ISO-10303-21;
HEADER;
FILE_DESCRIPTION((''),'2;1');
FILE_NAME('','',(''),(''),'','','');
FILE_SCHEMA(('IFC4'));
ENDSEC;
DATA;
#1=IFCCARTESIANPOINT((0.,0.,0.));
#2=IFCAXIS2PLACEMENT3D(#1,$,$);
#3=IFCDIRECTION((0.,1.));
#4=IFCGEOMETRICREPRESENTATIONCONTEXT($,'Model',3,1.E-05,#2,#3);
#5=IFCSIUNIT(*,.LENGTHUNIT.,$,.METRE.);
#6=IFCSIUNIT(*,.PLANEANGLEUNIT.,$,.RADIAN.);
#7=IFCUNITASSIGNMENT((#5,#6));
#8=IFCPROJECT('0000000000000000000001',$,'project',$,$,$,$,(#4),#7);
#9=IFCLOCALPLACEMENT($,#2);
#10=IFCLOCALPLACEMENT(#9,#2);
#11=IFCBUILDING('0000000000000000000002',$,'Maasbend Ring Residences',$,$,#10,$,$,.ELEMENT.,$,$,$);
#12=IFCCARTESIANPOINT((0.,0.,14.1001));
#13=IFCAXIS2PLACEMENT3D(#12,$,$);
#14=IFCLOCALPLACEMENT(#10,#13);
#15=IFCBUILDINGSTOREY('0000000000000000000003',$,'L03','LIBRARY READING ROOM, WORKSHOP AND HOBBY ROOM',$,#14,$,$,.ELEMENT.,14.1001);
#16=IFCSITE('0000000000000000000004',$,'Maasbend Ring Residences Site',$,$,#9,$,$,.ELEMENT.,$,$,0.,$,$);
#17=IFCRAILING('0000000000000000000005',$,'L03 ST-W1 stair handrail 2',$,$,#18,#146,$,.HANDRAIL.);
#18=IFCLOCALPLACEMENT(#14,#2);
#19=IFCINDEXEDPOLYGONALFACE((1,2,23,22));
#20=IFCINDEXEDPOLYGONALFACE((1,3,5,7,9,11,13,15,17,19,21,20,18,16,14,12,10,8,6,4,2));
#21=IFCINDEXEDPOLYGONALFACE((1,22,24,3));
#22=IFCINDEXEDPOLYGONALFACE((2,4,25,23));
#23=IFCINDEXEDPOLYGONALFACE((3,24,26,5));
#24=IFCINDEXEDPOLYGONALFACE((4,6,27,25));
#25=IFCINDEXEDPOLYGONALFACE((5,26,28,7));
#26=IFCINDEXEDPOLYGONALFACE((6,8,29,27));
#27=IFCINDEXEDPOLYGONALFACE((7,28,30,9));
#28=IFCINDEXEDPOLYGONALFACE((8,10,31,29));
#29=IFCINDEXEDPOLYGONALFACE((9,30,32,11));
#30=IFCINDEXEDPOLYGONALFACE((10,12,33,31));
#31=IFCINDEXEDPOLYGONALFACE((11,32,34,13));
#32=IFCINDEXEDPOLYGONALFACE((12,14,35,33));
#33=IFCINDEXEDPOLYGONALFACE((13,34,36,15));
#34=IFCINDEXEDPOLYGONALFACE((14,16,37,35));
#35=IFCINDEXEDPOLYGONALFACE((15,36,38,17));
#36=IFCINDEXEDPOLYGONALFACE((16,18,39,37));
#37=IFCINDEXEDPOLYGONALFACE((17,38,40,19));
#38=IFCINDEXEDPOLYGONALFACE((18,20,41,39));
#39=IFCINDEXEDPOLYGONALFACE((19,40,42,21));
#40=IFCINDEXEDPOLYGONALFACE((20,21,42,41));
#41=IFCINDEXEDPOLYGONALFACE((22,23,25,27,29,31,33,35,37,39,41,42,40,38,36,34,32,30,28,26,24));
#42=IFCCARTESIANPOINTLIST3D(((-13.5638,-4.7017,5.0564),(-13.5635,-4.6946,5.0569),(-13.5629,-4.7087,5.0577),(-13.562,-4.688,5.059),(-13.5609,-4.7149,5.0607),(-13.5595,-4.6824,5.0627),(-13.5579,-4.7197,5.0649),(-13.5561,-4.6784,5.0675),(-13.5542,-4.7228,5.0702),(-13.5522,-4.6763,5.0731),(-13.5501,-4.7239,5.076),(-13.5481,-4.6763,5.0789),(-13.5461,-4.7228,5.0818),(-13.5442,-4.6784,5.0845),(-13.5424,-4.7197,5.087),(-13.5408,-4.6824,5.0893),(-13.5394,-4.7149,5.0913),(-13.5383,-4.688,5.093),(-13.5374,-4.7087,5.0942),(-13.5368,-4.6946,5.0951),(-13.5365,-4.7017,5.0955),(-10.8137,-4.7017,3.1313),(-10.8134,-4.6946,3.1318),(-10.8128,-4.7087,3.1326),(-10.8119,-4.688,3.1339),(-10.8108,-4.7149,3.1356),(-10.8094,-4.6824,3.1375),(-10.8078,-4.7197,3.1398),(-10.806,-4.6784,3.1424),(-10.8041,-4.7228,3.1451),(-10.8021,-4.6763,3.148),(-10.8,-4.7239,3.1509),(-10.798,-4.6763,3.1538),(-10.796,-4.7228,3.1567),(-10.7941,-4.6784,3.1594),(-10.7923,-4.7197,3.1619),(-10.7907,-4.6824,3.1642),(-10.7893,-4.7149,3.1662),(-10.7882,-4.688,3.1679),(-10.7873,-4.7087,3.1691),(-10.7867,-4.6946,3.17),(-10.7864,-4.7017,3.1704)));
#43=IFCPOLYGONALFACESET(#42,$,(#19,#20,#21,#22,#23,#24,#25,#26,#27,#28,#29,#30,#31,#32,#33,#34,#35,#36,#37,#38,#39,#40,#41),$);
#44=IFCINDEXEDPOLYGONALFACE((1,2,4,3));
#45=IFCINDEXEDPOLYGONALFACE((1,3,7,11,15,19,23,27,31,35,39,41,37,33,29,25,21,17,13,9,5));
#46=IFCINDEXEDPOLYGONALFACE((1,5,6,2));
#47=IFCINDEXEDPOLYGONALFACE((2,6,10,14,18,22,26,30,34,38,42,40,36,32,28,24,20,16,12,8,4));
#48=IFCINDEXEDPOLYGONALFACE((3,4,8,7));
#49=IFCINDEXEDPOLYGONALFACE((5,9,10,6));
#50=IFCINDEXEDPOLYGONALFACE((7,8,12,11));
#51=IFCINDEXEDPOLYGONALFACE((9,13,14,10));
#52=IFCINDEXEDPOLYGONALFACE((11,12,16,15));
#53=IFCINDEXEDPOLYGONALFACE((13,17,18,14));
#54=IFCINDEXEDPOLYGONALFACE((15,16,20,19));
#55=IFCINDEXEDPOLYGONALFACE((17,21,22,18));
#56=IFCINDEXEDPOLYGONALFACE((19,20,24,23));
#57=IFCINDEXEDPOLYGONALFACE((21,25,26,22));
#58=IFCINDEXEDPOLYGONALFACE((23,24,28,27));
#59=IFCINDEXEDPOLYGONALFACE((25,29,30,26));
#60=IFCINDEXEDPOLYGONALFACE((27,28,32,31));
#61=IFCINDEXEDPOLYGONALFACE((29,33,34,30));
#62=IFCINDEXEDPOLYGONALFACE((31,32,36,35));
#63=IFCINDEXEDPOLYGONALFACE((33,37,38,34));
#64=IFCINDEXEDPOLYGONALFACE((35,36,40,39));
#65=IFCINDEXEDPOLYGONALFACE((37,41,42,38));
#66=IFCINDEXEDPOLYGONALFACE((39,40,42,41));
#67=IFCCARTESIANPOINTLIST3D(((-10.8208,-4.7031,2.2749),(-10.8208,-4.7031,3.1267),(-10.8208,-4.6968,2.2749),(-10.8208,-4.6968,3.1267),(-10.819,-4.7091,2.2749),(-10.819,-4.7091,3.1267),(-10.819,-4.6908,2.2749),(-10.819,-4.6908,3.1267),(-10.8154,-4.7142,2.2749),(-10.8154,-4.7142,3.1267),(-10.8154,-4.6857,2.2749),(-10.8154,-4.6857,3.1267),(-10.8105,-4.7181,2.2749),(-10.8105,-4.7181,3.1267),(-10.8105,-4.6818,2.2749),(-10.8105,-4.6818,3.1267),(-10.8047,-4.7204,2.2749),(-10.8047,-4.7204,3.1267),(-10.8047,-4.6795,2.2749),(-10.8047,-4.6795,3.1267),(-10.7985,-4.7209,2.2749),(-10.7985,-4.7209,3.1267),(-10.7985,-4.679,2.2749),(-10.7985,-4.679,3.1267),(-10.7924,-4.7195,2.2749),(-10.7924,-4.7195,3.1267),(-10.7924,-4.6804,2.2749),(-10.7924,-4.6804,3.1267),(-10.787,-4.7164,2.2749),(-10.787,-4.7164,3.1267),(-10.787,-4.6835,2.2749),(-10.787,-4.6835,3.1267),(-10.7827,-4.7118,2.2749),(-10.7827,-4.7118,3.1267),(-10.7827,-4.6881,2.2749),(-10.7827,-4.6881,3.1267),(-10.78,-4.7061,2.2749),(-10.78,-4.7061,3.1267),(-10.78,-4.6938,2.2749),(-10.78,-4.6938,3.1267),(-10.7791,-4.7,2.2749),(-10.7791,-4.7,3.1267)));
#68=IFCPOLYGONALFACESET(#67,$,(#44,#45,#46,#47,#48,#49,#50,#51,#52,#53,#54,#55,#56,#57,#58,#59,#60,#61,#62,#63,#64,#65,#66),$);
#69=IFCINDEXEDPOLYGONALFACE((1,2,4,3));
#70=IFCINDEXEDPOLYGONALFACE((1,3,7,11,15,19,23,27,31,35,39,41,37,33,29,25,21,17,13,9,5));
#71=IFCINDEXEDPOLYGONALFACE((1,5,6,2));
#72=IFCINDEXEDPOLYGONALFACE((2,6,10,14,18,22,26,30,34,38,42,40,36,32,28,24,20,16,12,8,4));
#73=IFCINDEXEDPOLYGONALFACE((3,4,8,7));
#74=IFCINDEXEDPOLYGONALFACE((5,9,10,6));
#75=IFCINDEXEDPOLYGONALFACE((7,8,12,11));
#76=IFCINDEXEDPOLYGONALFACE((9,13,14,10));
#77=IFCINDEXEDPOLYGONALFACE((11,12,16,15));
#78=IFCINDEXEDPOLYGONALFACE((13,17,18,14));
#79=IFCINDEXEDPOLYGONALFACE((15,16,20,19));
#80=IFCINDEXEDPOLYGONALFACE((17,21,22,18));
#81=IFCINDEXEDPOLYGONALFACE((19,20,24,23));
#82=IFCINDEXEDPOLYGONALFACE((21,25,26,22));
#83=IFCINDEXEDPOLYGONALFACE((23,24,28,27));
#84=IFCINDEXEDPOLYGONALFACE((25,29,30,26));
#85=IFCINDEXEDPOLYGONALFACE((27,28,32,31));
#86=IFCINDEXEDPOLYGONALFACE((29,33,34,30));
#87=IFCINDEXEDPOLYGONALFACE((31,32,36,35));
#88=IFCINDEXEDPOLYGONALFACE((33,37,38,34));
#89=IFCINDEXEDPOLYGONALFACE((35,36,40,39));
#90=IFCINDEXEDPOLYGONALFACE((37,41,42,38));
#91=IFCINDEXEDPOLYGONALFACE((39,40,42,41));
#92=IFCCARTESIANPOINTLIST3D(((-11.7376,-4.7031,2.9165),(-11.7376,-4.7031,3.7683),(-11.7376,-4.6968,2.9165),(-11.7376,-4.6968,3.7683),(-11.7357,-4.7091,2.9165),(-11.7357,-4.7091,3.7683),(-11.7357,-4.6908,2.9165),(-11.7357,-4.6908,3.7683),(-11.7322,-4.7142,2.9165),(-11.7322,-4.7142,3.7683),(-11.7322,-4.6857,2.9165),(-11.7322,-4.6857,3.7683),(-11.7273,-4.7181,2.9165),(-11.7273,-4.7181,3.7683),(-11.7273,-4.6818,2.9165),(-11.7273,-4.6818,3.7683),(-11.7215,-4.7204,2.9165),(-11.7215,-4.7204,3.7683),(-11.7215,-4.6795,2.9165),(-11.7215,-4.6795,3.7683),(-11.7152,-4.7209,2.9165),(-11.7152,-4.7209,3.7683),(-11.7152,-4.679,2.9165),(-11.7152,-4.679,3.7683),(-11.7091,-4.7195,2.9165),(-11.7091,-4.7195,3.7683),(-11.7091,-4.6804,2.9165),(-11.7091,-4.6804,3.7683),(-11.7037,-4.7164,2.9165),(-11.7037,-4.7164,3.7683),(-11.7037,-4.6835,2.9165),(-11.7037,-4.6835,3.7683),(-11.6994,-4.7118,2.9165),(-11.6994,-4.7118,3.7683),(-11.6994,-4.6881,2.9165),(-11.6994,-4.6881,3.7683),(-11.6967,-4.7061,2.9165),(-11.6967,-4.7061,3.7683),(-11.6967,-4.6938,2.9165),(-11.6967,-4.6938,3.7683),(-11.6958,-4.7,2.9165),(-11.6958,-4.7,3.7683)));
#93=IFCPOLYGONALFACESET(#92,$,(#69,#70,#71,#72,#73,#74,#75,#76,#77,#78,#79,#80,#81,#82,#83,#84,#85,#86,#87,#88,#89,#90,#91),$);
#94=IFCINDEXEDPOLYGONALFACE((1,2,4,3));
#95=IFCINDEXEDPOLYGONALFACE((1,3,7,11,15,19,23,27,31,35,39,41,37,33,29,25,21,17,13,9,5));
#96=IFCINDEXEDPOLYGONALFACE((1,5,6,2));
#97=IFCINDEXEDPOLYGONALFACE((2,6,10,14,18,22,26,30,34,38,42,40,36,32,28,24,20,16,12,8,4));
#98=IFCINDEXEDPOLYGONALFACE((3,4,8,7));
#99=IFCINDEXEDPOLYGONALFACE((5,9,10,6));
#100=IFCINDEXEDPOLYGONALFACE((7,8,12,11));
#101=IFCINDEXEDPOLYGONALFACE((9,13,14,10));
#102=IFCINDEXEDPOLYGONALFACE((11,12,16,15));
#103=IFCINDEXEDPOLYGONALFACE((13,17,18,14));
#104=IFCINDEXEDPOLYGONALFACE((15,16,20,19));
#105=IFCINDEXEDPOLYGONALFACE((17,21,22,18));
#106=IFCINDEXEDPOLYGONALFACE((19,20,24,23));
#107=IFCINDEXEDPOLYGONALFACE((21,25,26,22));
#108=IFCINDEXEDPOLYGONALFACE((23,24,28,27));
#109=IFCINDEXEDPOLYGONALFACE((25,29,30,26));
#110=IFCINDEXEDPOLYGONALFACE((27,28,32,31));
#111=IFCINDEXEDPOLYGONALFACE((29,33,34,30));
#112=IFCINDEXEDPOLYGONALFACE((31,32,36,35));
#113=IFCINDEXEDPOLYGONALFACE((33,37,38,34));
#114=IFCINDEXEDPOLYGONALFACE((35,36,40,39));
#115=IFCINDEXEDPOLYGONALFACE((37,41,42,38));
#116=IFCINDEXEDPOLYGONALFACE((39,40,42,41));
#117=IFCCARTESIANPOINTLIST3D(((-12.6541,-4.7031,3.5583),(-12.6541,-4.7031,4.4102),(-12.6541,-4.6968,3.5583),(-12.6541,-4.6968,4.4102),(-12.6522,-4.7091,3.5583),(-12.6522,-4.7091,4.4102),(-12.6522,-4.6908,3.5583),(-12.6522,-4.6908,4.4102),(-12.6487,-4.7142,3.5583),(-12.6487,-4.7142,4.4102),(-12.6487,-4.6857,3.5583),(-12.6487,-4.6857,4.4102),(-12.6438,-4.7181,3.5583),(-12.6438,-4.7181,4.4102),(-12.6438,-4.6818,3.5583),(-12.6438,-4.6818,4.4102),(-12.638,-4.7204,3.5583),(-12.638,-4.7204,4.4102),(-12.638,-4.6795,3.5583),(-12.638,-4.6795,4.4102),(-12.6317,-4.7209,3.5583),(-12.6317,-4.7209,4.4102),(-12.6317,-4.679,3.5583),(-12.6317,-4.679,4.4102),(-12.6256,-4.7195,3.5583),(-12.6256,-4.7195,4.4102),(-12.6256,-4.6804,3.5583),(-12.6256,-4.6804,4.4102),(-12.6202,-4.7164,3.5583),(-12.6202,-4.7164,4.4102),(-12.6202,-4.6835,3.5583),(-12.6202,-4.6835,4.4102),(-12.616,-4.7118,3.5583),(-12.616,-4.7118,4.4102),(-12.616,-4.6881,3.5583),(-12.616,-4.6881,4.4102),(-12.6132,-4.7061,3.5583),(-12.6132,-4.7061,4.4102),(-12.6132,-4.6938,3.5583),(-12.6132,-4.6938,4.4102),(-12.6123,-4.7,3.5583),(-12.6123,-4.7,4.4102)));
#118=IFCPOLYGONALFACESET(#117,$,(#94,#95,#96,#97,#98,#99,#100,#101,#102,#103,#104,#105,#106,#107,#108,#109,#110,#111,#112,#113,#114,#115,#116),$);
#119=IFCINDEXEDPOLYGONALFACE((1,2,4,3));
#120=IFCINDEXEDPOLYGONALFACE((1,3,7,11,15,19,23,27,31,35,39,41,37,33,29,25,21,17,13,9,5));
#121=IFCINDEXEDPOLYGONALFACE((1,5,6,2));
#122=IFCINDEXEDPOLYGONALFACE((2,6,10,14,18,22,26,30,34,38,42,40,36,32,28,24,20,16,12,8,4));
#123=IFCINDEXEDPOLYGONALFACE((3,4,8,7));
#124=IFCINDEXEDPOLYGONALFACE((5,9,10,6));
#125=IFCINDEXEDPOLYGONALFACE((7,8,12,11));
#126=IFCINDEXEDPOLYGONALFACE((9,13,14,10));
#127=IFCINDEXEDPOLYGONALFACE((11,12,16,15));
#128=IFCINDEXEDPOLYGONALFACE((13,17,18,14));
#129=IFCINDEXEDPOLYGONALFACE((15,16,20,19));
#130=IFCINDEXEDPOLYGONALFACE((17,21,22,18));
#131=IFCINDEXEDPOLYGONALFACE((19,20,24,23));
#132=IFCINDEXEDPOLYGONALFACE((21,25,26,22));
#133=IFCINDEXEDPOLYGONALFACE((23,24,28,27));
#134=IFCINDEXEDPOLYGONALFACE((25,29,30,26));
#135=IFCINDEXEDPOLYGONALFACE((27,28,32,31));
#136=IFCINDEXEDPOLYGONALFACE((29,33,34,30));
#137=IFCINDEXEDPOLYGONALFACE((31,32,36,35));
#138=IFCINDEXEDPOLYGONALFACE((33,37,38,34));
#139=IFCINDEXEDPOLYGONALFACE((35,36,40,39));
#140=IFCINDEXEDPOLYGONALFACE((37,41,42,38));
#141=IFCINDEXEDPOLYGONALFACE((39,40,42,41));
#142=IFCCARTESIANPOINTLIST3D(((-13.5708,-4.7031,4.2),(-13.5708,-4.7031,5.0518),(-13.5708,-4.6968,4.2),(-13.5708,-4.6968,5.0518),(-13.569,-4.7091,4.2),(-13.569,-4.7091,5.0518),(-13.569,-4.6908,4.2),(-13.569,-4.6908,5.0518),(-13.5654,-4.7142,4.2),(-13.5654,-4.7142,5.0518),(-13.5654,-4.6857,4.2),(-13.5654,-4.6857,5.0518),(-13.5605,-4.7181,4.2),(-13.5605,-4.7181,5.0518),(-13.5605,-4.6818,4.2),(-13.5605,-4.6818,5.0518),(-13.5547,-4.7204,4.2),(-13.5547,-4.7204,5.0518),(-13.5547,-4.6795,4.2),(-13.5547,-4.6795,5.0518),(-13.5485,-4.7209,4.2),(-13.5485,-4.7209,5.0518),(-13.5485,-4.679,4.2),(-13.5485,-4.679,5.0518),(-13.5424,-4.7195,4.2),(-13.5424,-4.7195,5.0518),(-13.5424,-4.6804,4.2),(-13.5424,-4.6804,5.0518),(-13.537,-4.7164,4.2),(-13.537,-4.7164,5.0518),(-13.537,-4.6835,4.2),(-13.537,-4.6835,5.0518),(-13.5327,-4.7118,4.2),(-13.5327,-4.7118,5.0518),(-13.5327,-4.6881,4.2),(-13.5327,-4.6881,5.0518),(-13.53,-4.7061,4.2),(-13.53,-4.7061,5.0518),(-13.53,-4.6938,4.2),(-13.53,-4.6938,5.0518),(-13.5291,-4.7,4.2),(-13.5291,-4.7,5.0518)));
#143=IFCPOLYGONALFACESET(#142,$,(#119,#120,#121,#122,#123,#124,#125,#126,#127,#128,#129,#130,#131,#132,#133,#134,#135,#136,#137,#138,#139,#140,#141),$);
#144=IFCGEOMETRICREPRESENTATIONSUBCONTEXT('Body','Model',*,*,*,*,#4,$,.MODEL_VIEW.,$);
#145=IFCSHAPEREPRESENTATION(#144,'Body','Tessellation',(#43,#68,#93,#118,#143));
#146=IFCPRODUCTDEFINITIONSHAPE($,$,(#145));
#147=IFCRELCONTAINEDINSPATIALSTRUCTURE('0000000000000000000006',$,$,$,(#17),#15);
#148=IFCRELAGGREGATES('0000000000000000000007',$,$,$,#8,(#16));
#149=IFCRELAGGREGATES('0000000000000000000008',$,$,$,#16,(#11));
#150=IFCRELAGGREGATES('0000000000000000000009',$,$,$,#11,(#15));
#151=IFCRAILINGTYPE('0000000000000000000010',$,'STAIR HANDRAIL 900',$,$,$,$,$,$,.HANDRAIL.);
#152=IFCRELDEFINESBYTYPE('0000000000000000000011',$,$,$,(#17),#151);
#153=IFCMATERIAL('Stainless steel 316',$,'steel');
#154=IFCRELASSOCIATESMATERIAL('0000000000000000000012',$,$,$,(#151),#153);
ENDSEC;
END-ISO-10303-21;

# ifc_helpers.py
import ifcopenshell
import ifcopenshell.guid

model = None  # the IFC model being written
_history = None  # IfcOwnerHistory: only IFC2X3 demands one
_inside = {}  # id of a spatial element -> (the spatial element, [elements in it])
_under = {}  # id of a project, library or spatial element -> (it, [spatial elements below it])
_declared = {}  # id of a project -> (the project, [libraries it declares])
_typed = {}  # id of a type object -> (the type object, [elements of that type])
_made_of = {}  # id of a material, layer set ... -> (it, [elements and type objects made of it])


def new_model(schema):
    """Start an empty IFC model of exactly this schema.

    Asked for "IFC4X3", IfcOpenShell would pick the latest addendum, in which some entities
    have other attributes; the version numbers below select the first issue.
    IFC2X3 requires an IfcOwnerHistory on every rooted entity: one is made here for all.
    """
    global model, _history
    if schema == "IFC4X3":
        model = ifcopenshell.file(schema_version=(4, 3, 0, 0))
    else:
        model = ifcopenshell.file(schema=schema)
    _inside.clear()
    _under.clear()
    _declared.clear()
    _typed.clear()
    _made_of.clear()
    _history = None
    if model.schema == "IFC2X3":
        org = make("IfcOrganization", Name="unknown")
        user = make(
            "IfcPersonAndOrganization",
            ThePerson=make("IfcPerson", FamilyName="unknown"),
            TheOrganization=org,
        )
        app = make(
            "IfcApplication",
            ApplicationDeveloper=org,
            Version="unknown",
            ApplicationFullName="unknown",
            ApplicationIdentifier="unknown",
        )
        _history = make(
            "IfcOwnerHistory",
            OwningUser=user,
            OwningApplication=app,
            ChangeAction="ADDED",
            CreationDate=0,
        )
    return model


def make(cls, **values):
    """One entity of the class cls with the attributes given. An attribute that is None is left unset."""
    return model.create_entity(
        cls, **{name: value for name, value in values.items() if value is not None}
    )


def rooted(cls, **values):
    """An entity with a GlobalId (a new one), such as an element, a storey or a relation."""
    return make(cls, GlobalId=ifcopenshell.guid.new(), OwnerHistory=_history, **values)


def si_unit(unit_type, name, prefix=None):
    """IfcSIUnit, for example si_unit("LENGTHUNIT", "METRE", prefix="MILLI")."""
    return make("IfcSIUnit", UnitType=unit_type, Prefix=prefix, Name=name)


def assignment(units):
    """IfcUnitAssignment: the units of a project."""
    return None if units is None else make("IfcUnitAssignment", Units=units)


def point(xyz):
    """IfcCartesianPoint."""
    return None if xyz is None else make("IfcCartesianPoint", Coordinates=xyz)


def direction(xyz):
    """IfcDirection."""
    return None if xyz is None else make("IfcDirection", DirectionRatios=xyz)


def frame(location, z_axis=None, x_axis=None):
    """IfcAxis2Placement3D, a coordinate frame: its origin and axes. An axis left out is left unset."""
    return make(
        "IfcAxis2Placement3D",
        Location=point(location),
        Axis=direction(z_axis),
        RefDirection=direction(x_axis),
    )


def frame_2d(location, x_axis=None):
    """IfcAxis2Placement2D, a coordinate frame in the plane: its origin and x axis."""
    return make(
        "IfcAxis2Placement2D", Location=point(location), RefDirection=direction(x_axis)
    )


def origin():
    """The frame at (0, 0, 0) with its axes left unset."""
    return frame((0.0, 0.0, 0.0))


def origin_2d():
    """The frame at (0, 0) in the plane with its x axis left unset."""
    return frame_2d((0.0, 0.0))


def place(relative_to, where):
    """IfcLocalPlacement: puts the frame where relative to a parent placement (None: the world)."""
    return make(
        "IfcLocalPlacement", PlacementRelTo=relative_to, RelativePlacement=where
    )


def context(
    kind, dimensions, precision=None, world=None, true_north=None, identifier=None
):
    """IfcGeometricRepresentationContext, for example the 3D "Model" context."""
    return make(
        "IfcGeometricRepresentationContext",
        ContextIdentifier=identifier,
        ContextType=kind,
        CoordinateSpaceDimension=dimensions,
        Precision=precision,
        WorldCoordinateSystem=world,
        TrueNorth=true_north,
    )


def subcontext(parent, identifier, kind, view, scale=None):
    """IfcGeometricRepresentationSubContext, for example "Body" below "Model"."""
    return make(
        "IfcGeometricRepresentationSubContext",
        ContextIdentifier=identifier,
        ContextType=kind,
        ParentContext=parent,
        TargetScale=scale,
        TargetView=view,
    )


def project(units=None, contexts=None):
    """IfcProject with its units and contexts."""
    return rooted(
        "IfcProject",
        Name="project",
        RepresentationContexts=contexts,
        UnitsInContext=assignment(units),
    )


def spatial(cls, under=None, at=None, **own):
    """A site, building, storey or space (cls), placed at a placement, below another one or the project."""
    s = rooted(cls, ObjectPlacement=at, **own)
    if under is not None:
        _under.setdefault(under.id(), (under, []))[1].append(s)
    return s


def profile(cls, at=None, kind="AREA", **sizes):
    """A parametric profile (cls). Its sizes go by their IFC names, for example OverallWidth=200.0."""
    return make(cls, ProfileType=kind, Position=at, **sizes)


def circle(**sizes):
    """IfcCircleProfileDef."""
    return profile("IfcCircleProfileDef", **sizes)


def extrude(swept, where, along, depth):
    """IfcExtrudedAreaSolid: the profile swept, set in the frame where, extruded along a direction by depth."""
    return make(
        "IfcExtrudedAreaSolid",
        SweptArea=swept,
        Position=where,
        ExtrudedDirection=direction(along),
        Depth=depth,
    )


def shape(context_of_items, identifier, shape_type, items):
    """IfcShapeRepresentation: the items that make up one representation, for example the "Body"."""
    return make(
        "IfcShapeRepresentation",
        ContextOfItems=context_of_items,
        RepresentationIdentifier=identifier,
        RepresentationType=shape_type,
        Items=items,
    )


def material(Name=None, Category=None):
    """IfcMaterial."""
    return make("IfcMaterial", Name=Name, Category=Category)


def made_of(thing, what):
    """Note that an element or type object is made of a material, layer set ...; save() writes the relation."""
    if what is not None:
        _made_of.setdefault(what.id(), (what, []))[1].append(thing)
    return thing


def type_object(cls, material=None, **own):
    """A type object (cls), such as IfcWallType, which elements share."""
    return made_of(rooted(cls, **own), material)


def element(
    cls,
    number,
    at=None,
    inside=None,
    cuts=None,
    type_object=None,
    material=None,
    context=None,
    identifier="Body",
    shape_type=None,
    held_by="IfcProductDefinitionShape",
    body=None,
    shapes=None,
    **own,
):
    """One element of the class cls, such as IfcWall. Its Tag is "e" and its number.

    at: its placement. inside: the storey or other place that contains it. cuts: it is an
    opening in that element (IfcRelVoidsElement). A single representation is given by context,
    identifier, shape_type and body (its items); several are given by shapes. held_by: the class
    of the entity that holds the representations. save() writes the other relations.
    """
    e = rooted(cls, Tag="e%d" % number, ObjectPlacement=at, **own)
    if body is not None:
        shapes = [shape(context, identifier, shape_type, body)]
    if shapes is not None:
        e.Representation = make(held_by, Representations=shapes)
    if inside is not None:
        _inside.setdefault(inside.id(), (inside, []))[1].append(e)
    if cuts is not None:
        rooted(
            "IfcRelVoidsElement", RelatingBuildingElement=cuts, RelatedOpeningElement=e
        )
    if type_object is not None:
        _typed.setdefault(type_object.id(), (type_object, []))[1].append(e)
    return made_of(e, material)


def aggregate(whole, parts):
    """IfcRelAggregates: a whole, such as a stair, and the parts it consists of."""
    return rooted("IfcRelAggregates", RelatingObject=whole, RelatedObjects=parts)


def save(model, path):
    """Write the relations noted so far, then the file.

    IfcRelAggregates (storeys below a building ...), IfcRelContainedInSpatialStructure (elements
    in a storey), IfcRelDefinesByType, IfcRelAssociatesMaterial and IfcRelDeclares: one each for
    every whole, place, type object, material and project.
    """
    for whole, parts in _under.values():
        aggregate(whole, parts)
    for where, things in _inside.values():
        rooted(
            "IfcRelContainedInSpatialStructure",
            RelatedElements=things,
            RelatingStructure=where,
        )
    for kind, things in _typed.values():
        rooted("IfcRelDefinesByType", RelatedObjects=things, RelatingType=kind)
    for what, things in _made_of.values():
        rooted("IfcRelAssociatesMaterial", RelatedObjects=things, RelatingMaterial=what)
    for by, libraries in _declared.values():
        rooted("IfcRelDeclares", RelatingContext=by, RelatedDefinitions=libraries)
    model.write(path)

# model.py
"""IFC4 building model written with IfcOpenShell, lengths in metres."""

from ifc_helpers import new_model, si_unit, direction, frame, origin, origin_2d, place, context, subcontext, project, spatial, circle, extrude, material, type_object, element, save


model = new_model("IFC4")

# Units and contexts
model_context = context("Model", 3, precision=1e-05, world=origin(), true_north=direction((0.0, 1.0)))
body_context = subcontext(model_context, "Body", "Model", "MODEL_VIEW")
ifc_project = project(units=[si_unit("LENGTHUNIT", "METRE"), si_unit("PLANEANGLEUNIT", "RADIAN")], contexts=[model_context])

# Site, building, storey
site_placement = place(None, origin())
site = spatial("IfcSite", under=ifc_project, at=site_placement, Name="Maasbend Ring Residences Site", CompositionType="ELEMENT", RefElevation=0.0)
building_placement = place(site_placement, origin())
building = spatial("IfcBuilding", under=site, at=building_placement, Name="Maasbend Ring Residences", CompositionType="ELEMENT")
storey_placement = place(building_placement, frame((0.0, 0.0, 14.1001)))
storey = spatial("IfcBuildingStorey", under=building, at=storey_placement, Name="L03", Description="LIBRARY READING ROOM, WORKSHOP AND HOBBY ROOM", CompositionType="ELEMENT", Elevation=14.1001)

# Railing
ifc_material_1 = material(Name="Stainless steel 316", Category="steel")
railing_type_1 = type_object("IfcRailingType", Name="STAIR HANDRAIL 900", PredefinedType="HANDRAIL", material=ifc_material_1)
railing_1_placement = place(storey_placement, frame((-10.8, -4.7, 2.2749)))
element("IfcRailing", 1, at=railing_1_placement, inside=storey, type_object=railing_type_1, Name="L03 ST-W1 stair handrail 2", PredefinedType="HANDRAIL", context=body_context, shape_type="SweptSolid", body=[
    extrude(circle(Radius=0.0239, at=origin_2d()), frame((0.0, 0.0, 0.876), z_axis=(-0.819225, 0.0, 0.573472), x_axis=(0.0, -1.0, 0.0)), (0.0, 0.0, 1.0), 3.3569),
    extrude(circle(Radius=0.021, at=origin_2d()), origin(), (0.0, 0.0, 1.0), 0.8518),
    extrude(circle(Radius=0.021, at=origin_2d()), frame((-0.9167, 0.0, 0.6416)), (0.0, 0.0, 1.0), 0.8518),
    extrude(circle(Radius=0.021, at=origin_2d()), frame((-1.8333, 0.0, 1.2834)), (0.0, 0.0, 1.0), 0.8518),
    extrude(circle(Radius=0.021, at=origin_2d()), frame((-2.75, 0.0, 1.925)), (0.0, 0.0, 1.0), 0.8518),
])

save(model, "model.ifc")
